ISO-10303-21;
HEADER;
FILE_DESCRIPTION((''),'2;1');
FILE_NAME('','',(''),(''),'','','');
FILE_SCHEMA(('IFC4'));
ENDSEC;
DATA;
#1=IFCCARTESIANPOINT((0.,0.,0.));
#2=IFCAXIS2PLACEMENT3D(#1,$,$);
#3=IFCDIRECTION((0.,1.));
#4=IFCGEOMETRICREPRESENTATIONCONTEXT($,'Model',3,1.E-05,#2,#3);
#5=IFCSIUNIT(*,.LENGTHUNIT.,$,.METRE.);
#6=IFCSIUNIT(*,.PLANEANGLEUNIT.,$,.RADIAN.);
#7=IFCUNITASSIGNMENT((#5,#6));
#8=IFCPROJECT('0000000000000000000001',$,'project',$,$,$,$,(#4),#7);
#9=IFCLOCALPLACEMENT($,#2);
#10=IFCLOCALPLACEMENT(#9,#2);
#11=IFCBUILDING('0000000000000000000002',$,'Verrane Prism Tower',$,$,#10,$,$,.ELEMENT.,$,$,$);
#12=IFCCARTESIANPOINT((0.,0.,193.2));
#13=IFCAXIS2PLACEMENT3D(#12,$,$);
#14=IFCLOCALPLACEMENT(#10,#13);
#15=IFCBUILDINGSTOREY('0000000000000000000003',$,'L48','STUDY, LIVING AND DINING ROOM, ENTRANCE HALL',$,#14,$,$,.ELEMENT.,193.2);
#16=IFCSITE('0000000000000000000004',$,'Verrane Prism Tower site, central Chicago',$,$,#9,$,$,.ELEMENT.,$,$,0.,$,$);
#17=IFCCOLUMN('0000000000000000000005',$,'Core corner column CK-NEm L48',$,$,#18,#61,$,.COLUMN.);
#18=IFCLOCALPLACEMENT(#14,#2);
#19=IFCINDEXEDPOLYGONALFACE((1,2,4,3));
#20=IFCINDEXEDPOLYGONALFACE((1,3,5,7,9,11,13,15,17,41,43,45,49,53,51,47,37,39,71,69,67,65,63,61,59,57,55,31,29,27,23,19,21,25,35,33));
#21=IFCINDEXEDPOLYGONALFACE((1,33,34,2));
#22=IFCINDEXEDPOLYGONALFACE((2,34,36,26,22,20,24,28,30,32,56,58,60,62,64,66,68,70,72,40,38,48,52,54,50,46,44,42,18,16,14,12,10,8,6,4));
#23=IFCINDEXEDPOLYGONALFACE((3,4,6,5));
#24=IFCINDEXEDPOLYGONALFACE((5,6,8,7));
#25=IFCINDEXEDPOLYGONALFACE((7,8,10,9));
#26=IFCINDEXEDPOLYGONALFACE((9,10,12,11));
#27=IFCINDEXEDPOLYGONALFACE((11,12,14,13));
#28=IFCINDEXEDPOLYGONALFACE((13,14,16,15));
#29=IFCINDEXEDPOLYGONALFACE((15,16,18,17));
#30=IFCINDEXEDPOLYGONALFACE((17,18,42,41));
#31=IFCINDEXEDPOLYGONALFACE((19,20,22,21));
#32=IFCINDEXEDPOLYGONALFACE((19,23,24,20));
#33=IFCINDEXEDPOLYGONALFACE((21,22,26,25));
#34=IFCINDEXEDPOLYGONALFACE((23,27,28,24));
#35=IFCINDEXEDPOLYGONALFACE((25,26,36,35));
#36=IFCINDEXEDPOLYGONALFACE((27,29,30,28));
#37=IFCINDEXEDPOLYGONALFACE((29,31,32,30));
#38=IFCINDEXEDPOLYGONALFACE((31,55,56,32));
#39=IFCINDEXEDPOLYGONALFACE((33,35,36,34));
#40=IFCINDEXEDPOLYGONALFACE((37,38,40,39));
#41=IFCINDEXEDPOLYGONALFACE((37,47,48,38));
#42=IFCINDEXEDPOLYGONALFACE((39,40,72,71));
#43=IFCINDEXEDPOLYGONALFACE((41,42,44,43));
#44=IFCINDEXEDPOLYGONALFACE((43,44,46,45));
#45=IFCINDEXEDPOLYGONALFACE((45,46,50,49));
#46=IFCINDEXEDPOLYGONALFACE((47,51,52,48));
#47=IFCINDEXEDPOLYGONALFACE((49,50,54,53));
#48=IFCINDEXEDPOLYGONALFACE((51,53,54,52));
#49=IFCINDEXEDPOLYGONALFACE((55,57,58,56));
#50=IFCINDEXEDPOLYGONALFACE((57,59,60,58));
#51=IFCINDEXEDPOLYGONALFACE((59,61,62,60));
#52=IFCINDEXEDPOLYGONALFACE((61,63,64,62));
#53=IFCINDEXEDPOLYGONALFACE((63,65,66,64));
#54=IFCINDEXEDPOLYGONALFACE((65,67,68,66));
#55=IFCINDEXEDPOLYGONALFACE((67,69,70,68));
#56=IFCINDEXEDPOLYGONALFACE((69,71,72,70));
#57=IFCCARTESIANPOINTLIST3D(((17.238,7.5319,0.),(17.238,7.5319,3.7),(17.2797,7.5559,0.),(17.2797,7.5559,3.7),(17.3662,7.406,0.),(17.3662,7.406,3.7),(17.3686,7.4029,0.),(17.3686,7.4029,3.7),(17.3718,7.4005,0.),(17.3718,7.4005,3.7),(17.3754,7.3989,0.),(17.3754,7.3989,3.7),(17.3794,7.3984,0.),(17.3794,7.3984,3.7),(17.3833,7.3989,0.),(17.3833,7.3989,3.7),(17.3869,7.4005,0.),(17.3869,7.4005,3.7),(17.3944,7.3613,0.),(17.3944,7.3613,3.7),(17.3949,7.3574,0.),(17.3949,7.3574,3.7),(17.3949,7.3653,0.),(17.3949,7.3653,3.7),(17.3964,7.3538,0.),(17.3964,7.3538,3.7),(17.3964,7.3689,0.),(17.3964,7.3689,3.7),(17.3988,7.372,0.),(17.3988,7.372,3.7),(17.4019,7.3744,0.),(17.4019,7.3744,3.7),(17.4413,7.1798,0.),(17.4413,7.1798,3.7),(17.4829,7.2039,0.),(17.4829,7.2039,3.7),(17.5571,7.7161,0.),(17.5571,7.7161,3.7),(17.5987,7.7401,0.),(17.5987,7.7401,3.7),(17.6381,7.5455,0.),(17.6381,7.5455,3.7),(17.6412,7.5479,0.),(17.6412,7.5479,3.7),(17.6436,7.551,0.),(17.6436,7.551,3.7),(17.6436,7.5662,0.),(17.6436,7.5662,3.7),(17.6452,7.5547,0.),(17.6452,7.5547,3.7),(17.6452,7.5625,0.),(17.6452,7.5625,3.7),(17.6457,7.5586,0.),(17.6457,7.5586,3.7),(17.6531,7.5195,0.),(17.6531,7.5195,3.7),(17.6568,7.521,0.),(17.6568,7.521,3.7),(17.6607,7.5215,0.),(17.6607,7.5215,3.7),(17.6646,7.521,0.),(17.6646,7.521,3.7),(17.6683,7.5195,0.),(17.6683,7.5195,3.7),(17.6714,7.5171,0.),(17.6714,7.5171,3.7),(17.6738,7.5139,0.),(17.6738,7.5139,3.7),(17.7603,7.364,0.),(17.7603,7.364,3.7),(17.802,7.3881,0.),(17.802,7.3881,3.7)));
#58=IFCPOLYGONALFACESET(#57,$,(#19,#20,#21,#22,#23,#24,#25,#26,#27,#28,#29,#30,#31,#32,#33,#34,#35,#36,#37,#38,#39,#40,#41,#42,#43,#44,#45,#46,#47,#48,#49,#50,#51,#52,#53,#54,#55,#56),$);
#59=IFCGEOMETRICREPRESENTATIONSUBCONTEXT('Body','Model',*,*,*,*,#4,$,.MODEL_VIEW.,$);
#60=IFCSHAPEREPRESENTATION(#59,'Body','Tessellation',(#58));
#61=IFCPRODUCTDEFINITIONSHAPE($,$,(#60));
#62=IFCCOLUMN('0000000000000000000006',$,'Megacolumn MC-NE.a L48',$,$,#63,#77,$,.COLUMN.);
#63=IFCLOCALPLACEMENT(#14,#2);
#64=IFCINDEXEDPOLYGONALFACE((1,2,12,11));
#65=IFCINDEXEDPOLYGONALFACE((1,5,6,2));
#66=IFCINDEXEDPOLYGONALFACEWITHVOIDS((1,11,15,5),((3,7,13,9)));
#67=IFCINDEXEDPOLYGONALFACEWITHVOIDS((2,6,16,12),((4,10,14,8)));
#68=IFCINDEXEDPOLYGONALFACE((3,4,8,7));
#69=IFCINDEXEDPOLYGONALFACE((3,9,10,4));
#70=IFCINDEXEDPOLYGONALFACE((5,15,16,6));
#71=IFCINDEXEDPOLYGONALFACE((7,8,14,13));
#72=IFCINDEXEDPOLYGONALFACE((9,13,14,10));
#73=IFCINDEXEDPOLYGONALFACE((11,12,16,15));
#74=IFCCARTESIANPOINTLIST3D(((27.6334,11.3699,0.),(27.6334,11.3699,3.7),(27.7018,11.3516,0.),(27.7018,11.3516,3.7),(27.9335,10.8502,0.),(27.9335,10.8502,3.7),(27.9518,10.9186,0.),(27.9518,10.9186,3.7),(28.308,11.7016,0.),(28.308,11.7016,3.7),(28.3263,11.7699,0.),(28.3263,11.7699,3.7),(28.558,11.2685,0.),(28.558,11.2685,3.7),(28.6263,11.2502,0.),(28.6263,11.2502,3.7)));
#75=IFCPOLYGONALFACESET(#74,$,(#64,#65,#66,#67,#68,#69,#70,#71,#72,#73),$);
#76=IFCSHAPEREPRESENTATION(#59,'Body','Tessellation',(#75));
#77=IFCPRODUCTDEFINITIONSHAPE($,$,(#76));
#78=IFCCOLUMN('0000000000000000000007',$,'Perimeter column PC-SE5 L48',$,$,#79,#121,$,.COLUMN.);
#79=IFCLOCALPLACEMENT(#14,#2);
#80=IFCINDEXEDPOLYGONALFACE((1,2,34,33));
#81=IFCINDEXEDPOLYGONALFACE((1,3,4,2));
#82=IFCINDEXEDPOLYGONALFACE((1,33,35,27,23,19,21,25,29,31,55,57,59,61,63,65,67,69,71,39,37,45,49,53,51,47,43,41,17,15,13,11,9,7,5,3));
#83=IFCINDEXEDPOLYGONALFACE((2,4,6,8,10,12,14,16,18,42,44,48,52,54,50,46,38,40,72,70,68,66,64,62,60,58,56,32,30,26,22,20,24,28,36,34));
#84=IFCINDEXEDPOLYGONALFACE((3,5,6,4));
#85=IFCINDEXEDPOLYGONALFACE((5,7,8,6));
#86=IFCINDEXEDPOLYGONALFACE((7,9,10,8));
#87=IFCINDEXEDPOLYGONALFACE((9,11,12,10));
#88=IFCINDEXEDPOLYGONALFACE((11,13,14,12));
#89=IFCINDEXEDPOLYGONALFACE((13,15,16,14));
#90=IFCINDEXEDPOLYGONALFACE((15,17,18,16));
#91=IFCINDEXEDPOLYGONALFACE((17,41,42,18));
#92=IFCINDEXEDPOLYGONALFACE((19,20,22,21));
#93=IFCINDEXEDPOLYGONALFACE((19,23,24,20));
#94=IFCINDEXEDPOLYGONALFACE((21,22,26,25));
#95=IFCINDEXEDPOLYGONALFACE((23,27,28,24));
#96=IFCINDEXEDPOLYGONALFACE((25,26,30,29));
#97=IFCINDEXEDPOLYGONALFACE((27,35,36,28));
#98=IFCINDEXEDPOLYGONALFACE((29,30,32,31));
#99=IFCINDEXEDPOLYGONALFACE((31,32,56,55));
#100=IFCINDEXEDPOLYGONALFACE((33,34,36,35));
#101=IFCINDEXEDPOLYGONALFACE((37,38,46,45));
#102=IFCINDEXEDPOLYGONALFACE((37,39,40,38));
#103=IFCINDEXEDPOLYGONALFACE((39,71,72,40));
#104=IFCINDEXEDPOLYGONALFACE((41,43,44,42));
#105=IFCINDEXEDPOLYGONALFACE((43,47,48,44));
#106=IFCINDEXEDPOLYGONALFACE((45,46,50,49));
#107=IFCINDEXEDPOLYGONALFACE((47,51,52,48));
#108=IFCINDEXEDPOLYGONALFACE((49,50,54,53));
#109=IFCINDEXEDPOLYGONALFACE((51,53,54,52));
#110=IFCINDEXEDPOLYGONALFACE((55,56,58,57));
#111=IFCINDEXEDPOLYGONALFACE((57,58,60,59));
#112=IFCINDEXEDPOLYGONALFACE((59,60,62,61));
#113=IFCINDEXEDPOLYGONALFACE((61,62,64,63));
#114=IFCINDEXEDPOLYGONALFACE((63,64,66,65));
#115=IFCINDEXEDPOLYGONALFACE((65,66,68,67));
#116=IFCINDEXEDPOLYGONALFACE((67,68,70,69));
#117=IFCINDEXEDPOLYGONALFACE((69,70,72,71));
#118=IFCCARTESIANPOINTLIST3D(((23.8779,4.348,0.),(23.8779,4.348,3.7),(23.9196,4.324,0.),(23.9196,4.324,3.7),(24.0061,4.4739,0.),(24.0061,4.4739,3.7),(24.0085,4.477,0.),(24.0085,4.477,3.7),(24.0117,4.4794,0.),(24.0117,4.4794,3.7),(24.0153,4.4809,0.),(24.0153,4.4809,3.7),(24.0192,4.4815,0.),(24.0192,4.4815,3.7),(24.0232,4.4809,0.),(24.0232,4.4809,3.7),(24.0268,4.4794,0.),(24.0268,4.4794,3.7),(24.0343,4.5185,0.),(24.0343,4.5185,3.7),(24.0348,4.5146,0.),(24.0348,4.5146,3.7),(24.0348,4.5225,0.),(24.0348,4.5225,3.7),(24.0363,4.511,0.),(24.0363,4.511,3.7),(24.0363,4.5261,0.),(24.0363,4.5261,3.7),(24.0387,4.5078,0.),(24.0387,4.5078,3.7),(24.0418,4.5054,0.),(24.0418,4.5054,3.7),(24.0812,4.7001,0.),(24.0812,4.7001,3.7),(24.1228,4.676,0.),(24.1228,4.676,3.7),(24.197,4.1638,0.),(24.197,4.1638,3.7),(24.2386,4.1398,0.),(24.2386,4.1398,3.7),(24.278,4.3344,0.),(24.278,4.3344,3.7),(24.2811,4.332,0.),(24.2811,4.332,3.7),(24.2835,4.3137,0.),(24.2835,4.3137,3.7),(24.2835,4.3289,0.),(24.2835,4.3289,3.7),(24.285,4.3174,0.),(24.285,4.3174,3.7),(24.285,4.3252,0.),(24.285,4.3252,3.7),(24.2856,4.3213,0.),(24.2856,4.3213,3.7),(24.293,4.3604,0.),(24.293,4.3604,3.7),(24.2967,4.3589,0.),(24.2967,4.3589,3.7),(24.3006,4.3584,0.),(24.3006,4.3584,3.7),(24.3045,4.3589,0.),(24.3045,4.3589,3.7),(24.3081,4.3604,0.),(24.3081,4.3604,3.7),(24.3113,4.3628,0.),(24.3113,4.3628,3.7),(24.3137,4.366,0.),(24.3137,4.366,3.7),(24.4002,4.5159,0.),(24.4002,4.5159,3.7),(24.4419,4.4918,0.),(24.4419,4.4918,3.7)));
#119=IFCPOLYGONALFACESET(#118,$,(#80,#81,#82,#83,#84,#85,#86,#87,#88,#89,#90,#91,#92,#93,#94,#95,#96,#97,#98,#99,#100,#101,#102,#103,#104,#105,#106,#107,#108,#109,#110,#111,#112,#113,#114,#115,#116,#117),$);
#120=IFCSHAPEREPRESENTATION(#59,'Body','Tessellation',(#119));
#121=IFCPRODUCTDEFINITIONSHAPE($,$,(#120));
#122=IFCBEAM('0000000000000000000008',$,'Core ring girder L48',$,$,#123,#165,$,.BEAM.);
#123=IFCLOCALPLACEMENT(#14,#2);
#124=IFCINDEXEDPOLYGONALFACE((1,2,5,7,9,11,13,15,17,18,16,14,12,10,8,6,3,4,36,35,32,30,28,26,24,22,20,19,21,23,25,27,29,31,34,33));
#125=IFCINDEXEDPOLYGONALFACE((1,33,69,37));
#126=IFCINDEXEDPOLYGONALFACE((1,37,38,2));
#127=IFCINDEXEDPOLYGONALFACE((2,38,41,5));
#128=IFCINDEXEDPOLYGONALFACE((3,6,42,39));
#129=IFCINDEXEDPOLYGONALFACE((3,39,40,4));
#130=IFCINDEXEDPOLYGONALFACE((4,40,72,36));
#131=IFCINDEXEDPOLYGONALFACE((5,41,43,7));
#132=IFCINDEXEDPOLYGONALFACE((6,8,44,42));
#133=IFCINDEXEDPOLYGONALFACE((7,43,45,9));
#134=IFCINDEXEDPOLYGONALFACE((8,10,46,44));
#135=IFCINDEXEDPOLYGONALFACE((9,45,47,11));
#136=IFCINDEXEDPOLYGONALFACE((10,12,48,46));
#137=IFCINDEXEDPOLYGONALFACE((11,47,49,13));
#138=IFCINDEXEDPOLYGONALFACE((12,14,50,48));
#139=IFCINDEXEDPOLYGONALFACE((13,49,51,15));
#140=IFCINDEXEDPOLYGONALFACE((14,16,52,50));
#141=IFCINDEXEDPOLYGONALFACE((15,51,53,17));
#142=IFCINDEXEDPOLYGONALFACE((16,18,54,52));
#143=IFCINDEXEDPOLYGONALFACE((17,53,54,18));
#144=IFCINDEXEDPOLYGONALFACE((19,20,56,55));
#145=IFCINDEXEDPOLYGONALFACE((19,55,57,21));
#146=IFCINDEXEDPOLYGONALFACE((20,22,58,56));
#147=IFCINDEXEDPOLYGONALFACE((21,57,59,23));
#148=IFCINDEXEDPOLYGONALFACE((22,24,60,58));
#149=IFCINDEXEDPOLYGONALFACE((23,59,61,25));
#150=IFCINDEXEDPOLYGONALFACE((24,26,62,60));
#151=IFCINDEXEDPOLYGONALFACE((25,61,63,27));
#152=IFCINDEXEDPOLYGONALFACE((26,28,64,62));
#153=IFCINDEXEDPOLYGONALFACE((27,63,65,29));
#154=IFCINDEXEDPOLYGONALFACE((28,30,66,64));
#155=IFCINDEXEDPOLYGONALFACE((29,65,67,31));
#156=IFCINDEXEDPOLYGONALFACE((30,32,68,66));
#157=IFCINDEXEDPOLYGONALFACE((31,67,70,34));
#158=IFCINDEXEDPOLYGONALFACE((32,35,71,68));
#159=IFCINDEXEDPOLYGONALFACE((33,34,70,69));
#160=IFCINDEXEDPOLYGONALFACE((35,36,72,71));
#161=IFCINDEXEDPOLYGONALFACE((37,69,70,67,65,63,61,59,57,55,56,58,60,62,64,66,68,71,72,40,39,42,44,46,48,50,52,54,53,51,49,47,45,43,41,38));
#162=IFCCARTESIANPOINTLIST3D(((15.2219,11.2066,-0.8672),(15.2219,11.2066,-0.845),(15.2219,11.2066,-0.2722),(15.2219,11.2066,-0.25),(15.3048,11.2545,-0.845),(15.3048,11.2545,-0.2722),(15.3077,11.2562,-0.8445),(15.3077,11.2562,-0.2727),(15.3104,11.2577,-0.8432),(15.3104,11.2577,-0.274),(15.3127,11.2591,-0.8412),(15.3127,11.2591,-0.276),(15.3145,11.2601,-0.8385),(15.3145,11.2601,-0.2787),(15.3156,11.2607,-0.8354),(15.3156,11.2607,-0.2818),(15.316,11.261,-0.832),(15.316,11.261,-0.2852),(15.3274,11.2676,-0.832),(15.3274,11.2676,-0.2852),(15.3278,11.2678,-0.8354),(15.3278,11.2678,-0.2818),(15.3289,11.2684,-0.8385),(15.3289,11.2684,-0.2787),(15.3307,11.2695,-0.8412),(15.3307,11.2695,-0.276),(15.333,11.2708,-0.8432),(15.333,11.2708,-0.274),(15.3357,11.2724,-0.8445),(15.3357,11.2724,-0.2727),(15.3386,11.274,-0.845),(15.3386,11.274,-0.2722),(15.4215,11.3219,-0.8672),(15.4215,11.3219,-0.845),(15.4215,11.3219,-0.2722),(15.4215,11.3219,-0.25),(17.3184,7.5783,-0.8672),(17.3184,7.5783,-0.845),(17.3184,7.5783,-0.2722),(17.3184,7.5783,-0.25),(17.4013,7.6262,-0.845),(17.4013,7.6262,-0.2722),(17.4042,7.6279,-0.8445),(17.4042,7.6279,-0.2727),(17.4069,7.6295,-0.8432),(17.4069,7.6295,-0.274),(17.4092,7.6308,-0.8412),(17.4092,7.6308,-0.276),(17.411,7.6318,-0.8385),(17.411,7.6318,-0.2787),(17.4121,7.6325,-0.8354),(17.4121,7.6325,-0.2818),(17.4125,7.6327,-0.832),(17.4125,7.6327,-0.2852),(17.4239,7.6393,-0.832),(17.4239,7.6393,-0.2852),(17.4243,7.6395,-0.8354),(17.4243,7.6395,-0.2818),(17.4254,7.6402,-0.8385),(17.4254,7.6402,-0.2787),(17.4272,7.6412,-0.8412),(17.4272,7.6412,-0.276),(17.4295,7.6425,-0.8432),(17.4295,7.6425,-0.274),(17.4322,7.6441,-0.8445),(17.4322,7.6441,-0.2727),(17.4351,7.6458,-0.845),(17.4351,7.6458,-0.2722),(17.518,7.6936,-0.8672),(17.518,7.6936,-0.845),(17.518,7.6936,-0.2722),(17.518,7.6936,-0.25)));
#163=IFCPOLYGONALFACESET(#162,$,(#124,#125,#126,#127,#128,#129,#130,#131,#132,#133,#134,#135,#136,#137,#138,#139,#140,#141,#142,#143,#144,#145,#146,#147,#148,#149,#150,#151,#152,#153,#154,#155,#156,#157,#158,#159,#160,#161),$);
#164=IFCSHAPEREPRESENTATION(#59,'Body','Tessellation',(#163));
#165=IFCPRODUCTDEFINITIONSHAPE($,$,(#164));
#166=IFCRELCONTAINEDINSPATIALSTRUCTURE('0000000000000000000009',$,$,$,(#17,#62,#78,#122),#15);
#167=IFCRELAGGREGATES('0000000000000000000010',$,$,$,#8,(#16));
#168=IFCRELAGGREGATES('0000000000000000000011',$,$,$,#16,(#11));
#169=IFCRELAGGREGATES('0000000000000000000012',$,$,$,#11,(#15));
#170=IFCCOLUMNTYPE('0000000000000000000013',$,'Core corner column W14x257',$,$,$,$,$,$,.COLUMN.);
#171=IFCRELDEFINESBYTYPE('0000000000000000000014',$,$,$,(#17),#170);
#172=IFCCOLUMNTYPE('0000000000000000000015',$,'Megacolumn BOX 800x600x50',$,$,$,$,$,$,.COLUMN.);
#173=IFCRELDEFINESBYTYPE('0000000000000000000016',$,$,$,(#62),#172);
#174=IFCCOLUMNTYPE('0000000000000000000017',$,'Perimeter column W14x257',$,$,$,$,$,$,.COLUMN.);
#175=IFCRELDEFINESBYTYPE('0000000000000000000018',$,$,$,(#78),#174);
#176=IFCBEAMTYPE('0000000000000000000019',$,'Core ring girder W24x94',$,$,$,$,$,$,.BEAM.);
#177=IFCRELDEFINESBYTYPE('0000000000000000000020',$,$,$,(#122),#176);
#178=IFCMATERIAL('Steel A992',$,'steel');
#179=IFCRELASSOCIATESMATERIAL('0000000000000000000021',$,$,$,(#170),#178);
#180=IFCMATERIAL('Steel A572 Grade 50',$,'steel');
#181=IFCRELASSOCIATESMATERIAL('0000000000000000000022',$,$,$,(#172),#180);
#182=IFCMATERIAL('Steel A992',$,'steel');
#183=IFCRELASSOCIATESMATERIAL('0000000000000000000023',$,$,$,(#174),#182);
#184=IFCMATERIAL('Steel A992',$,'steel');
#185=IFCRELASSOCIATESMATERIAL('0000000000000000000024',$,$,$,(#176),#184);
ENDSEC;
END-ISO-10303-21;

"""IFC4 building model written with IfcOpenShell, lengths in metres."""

from ifc_helpers import new_model, si_unit, direction, frame, origin, origin_2d, place, context, subcontext, project, spatial, hollow_rectangle, i_section, extrude, material, material_profile, profile_set, type_object, element, save


model = new_model("IFC4")

# Units and contexts
model_context = context("Model", 3, precision=1e-05, world=origin(), true_north=direction((0.0, 1.0)))
body_context = subcontext(model_context, "Body", "Model", "MODEL_VIEW")
ifc_project = project(units=[si_unit("LENGTHUNIT", "METRE"), si_unit("PLANEANGLEUNIT", "RADIAN")], contexts=[model_context])

# Site, building, storey
site_placement = place(None, origin())
site = spatial("IfcSite", under=ifc_project, at=site_placement, Name="Verrane Prism Tower site, central Chicago", CompositionType="ELEMENT", RefElevation=0.0)
building_placement = place(site_placement, origin())
building = spatial("IfcBuilding", under=site, at=building_placement, Name="Verrane Prism Tower", CompositionType="ELEMENT")
storey_placement = place(building_placement, frame((0.0, 0.0, 193.2)))
storey = spatial("IfcBuildingStorey", under=building, at=storey_placement, Name="L48", Description="STUDY, LIVING AND DINING ROOM, ENTRANCE HALL", CompositionType="ELEMENT", Elevation=193.2)

# Columns
ifc_material_1 = material(Name="Steel A992", Category="steel")
ifc_material_profile_1 = material_profile(ifc_material_1, i_section(OverallWidth=0.4065, OverallDepth=0.4165, WebThickness=0.03, FlangeThickness=0.0481, FilletRadius=0.0151, at=origin_2d()), Name="W14x257")
ifc_profile_set_1 = profile_set([ifc_material_profile_1], Name="Steel A992")
column_type_1 = type_object("IfcColumnType", Name="Core corner column W14x257", PredefinedType="COLUMN", material=ifc_profile_set_1)
column_1_placement = place(storey_placement, frame((17.52, 7.46, 0.0), z_axis=(0.0, 0.0, 1.0), x_axis=(0.5, -0.866025, 0.0)))
element("IfcColumn", 1, at=column_1_placement, inside=storey, type_object=column_type_1, Name="Core corner column CK-NEm L48", PredefinedType="COLUMN", context=body_context, shape_type="SweptSolid", body=[
    extrude(i_section(OverallWidth=0.4065, OverallDepth=0.4165, WebThickness=0.03, FlangeThickness=0.0481, FilletRadius=0.0151, at=origin_2d()), origin(), (0.0, 0.0, 1.0), 3.7),
])
ifc_material_2 = material(Name="Steel A572 Grade 50", Category="steel")
ifc_material_profile_2 = material_profile(ifc_material_2, hollow_rectangle(XDim=0.6001, YDim=0.8, WallThickness=0.05, at=origin_2d()), Name="BOX 800x600x50")
ifc_profile_set_2 = profile_set([ifc_material_profile_2], Name="Steel A572 Grade 50")
column_type_2 = type_object("IfcColumnType", Name="Megacolumn BOX 800x600x50", PredefinedType="COLUMN", material=ifc_profile_set_2)
column_2_placement = place(storey_placement, frame((28.1299, 11.3101, 0.0), z_axis=(0.0, 0.0, 1.0), x_axis=(0.5, -0.866025, 0.0)))
element("IfcColumn", 2, at=column_2_placement, inside=storey, type_object=column_type_2, Name="Megacolumn MC-NE.a L48", PredefinedType="COLUMN", context=body_context, shape_type="SweptSolid", body=[
    extrude(hollow_rectangle(XDim=0.6001, YDim=0.8, WallThickness=0.05, at=origin_2d()), origin(), (0.0, 0.0, 1.0), 3.7),
])
ifc_material_3 = material(Name="Steel A992", Category="steel")
ifc_material_profile_3 = material_profile(ifc_material_3, i_section(OverallWidth=0.4065, OverallDepth=0.4165, WebThickness=0.03, FlangeThickness=0.0481, FilletRadius=0.0151, at=origin_2d()), Name="W14x257")
ifc_profile_set_3 = profile_set([ifc_material_profile_3], Name="Steel A992")
column_type_3 = type_object("IfcColumnType", Name="Perimeter column W14x257", PredefinedType="COLUMN", material=ifc_profile_set_3)
column_3_placement = place(storey_placement, frame((24.1599, 4.4199, 0.0), z_axis=(0.0, 0.0, 1.0), x_axis=(-0.5, -0.866025, 0.0)))
element("IfcColumn", 3, at=column_3_placement, inside=storey, type_object=column_type_3, Name="Perimeter column PC-SE5 L48", PredefinedType="COLUMN", context=body_context, shape_type="SweptSolid", body=[
    extrude(i_section(OverallWidth=0.4065, OverallDepth=0.4165, WebThickness=0.03, FlangeThickness=0.0481, FilletRadius=0.0151, at=origin_2d()), origin(), (0.0, 0.0, 1.0), 3.7),
])

# Beam
ifc_material_4 = material(Name="Steel A992", Category="steel")
ifc_material_profile_4 = material_profile(ifc_material_4, i_section(OverallWidth=0.2305, OverallDepth=0.6172, WebThickness=0.0132, FlangeThickness=0.0222, FilletRadius=0.0129, at=origin_2d()), Name="W24x94")
ifc_profile_set_4 = profile_set([ifc_material_profile_4], Name="Steel A992")
beam_type_1 = type_object("IfcBeamType", Name="Core ring girder W24x94", PredefinedType="BEAM", material=ifc_profile_set_4)
beam_1_placement = place(storey_placement, frame((17.4182, 7.636, -0.5586), z_axis=(-0.500306, 0.865849, 0.0), x_axis=(-0.865849, -0.500306, 0.0)))
element("IfcBeam", 4, at=beam_1_placement, inside=storey, type_object=beam_type_1, Name="Core ring girder L48", PredefinedType="BEAM", context=body_context, shape_type="SweptSolid", body=[
    extrude(i_section(OverallWidth=0.2305, OverallDepth=0.6172, WebThickness=0.0132, FlangeThickness=0.0222, FilletRadius=0.0129, at=origin_2d()), origin(), (0.0, 0.0, 1.0), 4.1904),
])

save(model, "model.ifc")
